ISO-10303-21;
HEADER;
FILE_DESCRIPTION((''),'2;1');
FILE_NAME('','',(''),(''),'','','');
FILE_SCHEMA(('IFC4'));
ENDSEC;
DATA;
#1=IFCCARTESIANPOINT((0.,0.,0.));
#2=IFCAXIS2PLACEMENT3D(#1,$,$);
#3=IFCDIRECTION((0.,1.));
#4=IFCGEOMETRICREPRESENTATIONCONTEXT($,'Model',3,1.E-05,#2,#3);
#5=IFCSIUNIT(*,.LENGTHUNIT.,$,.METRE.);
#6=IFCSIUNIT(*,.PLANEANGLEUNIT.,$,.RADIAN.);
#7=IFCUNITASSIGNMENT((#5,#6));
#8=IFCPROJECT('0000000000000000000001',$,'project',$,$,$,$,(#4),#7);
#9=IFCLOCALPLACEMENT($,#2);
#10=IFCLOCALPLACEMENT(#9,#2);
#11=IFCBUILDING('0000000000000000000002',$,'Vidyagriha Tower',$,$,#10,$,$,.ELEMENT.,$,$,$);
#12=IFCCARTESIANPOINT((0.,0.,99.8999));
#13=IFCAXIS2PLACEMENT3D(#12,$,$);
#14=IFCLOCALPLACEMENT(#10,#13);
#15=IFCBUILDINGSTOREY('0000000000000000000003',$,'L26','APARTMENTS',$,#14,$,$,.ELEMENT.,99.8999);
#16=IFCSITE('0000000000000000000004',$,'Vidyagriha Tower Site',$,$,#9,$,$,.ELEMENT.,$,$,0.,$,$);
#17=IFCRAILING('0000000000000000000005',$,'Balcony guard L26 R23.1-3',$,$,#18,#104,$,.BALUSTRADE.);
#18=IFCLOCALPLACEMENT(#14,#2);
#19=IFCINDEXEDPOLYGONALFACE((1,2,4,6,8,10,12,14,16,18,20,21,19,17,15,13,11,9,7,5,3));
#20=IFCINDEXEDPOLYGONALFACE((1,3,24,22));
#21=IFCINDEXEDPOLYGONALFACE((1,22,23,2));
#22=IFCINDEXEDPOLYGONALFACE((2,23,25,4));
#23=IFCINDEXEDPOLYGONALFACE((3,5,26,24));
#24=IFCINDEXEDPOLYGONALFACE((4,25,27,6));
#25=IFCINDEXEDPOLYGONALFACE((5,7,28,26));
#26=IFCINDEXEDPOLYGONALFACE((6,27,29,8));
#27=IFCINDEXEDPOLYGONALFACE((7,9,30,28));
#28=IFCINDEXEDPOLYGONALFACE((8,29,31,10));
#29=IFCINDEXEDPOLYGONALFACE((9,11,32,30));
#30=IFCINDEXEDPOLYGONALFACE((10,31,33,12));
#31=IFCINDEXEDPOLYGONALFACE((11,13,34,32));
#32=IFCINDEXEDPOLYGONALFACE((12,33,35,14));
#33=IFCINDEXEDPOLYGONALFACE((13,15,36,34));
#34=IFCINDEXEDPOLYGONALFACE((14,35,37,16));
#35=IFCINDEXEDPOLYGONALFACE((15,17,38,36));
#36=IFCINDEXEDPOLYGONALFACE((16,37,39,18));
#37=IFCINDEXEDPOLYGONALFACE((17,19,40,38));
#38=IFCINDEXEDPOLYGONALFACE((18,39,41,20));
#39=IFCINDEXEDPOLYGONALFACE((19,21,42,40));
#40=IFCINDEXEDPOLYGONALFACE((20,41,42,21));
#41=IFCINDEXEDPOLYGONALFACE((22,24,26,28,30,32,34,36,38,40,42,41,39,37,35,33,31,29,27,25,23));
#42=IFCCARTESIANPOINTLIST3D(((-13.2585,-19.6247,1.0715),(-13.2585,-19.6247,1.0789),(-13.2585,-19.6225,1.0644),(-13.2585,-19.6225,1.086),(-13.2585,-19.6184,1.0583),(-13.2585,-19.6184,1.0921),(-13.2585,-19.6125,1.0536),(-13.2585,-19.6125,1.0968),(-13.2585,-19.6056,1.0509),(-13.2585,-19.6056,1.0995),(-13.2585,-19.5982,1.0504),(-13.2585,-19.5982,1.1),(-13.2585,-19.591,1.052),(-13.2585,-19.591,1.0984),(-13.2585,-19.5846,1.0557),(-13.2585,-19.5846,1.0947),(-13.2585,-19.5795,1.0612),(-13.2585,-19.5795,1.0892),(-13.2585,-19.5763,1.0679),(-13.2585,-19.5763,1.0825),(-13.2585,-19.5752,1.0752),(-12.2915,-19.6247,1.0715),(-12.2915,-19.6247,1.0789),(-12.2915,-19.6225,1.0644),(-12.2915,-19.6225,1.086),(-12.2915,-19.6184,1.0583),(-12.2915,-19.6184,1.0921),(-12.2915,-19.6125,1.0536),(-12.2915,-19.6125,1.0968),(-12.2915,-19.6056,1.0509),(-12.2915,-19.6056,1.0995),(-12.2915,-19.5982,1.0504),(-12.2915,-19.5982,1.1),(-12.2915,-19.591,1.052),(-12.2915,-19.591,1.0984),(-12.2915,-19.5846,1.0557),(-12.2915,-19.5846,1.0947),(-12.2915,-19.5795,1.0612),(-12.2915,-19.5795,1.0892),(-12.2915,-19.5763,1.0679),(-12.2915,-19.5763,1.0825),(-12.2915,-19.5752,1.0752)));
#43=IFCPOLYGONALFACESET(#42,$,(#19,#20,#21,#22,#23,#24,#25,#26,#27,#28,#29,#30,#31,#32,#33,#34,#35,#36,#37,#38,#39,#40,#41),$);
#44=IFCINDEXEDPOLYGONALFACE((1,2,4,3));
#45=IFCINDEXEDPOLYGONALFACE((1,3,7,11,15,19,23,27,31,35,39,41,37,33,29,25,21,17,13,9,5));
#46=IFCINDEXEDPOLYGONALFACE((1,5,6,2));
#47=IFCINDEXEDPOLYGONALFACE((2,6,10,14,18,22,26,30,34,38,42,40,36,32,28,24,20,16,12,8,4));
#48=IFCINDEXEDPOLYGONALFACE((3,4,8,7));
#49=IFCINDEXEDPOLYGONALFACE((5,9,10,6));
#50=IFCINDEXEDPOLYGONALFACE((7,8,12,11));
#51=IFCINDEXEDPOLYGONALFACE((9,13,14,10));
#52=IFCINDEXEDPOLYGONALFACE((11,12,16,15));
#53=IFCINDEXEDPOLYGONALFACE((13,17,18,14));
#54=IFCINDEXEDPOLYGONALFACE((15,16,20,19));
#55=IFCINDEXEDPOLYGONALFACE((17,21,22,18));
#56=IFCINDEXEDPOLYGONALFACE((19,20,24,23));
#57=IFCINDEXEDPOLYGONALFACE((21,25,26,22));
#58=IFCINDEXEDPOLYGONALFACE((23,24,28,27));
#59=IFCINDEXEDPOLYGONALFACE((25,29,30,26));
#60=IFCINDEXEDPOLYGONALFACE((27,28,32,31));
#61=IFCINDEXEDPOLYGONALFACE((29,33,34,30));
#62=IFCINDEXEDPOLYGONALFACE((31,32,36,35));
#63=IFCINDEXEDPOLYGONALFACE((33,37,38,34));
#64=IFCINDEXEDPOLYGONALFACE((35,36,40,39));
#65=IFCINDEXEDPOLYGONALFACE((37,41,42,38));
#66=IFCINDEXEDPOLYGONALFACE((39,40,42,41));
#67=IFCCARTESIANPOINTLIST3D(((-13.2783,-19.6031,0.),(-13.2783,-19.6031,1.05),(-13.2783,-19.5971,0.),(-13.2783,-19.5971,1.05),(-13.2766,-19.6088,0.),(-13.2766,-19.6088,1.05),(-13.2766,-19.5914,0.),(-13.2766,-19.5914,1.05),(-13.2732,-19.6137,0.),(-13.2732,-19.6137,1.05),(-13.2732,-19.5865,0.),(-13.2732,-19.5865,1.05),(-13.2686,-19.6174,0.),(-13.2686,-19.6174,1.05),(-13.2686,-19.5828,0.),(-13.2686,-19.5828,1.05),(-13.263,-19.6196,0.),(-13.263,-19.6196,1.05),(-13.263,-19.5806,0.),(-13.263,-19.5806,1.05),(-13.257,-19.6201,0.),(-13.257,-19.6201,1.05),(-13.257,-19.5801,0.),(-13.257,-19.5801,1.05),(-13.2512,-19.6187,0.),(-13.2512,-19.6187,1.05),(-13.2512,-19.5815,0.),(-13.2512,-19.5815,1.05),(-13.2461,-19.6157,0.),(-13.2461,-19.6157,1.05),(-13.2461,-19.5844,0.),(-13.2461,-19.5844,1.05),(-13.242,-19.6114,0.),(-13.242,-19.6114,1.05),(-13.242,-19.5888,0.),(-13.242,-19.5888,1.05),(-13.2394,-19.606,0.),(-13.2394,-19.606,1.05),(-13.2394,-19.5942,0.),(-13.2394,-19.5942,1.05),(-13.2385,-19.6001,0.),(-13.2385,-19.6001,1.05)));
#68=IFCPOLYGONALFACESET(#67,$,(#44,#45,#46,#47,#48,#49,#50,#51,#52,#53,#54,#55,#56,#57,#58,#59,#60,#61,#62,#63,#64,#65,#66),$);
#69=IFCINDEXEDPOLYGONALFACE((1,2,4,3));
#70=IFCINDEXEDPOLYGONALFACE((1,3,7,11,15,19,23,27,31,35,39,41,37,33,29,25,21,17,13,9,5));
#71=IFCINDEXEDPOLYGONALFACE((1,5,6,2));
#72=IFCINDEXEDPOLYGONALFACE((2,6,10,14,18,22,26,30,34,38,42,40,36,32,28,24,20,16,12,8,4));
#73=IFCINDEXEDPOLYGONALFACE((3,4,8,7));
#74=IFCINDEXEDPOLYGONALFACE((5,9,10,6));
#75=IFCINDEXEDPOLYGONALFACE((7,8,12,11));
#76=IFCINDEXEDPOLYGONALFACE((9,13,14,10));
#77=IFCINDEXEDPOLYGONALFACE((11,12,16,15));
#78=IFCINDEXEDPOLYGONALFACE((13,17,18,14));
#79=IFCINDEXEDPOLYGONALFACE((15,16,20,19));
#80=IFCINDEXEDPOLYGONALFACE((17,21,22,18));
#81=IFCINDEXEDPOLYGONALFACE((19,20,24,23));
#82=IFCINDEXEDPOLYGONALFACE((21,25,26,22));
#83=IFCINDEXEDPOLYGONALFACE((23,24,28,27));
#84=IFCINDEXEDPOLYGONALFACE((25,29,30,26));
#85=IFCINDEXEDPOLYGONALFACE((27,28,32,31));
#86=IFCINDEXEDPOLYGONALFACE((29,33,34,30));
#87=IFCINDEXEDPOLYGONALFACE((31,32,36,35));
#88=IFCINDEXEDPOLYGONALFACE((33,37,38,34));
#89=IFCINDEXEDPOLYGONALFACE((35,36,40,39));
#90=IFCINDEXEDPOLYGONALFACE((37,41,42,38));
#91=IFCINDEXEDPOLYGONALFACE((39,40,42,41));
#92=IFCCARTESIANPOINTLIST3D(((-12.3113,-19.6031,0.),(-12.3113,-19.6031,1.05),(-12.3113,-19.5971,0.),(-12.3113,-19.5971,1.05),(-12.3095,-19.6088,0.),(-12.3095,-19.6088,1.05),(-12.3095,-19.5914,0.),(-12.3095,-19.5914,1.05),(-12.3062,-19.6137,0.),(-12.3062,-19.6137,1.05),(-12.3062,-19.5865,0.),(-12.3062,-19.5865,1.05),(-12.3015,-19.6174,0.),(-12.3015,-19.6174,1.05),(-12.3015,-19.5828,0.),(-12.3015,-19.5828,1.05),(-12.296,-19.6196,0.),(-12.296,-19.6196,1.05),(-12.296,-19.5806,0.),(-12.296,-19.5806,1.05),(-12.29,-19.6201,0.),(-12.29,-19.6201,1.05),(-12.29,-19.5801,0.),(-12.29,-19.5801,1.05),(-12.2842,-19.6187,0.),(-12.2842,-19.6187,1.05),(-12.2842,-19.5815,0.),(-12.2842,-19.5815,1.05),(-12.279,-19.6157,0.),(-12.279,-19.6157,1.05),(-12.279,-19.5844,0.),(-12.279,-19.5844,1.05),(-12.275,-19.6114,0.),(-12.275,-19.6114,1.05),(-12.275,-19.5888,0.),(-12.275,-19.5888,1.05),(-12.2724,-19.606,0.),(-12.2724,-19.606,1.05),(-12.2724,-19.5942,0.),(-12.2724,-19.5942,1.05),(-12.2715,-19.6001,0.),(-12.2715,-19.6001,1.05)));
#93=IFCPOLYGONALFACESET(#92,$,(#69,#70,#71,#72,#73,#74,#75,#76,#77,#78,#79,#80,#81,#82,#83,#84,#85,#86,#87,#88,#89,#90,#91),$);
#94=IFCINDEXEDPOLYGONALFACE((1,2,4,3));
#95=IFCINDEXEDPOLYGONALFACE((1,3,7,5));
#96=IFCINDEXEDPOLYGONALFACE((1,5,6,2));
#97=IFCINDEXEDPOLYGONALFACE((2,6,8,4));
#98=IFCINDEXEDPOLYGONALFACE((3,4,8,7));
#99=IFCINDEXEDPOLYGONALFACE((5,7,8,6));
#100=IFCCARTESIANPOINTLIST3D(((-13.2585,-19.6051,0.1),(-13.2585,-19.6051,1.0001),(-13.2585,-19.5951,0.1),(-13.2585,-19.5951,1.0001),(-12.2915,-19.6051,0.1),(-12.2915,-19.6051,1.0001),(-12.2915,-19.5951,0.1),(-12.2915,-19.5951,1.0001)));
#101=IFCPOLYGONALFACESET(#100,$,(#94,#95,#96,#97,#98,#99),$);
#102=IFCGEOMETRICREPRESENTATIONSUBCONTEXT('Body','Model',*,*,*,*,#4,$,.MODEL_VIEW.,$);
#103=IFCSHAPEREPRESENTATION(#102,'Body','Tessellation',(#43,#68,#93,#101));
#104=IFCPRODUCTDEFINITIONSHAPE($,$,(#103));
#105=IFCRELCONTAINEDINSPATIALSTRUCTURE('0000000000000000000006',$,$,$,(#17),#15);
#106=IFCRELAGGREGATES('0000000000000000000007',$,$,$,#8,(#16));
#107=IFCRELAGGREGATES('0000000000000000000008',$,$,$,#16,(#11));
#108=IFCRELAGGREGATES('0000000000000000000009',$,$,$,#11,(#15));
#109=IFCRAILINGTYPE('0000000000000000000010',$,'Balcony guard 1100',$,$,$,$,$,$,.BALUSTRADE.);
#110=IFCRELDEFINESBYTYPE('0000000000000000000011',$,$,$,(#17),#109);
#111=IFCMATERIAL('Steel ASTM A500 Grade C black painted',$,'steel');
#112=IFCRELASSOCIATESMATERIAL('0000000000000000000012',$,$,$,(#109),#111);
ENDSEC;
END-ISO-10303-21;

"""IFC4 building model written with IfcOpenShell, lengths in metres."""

from ifc_helpers import new_model, si_unit, direction, frame, origin, origin_2d, place, context, subcontext, project, spatial, rectangle, circle, extrude, material, type_object, element, save


model = new_model("IFC4")

# Units and contexts
model_context = context("Model", 3, precision=1e-05, world=origin(), true_north=direction((0.0, 1.0)))
body_context = subcontext(model_context, "Body", "Model", "MODEL_VIEW")
ifc_project = project(units=[si_unit("LENGTHUNIT", "METRE"), si_unit("PLANEANGLEUNIT", "RADIAN")], contexts=[model_context])

# Site, building, storey
site_placement = place(None, origin())
site = spatial("IfcSite", under=ifc_project, at=site_placement, Name="Vidyagriha Tower Site", CompositionType="ELEMENT", RefElevation=0.0)
building_placement = place(site_placement, origin())
building = spatial("IfcBuilding", under=site, at=building_placement, Name="Vidyagriha Tower", CompositionType="ELEMENT")
storey_placement = place(building_placement, frame((0.0, 0.0, 99.8999)))
storey = spatial("IfcBuildingStorey", under=building, at=storey_placement, Name="L26", Description="APARTMENTS", CompositionType="ELEMENT", Elevation=99.8999)

# Railing
ifc_material_1 = material(Name="Steel ASTM A500 Grade C black painted", Category="steel")
railing_type = type_object("IfcRailingType", Name="Balcony guard 1100", PredefinedType="BALUSTRADE", material=ifc_material_1)
railing_1_placement = place(storey_placement, frame((-13.2585, -19.6001, 0.0)))
element("IfcRailing", 1, at=railing_1_placement, inside=storey, type_object=railing_type, Name="Balcony guard L26 R23.1-3", PredefinedType="BALUSTRADE", context=body_context, shape_type="SweptSolid", body=[
    extrude(circle(Radius=0.0249, at=origin_2d()), frame((0.0, 0.0, 1.0752), z_axis=(1.0, 0.0, 0.0), x_axis=(0.0, 1.0, 0.0)), (0.0, 0.0, 1.0), 0.967),
    extrude(circle(Radius=0.02, at=origin_2d()), origin(), (0.0, 0.0, 1.0), 1.05),
    extrude(circle(Radius=0.02, at=origin_2d()), frame((0.967, 0.0, 0.0)), (0.0, 0.0, 1.0), 1.05),
    extrude(rectangle(XDim=0.01, YDim=0.9001, at=origin_2d()), frame((0.0, 0.0, 0.55), z_axis=(1.0, 0.0, 0.0), x_axis=(0.0, 1.0, 0.0)), (0.0, 0.0, 1.0), 0.967),
])

save(model, "model.ifc")
